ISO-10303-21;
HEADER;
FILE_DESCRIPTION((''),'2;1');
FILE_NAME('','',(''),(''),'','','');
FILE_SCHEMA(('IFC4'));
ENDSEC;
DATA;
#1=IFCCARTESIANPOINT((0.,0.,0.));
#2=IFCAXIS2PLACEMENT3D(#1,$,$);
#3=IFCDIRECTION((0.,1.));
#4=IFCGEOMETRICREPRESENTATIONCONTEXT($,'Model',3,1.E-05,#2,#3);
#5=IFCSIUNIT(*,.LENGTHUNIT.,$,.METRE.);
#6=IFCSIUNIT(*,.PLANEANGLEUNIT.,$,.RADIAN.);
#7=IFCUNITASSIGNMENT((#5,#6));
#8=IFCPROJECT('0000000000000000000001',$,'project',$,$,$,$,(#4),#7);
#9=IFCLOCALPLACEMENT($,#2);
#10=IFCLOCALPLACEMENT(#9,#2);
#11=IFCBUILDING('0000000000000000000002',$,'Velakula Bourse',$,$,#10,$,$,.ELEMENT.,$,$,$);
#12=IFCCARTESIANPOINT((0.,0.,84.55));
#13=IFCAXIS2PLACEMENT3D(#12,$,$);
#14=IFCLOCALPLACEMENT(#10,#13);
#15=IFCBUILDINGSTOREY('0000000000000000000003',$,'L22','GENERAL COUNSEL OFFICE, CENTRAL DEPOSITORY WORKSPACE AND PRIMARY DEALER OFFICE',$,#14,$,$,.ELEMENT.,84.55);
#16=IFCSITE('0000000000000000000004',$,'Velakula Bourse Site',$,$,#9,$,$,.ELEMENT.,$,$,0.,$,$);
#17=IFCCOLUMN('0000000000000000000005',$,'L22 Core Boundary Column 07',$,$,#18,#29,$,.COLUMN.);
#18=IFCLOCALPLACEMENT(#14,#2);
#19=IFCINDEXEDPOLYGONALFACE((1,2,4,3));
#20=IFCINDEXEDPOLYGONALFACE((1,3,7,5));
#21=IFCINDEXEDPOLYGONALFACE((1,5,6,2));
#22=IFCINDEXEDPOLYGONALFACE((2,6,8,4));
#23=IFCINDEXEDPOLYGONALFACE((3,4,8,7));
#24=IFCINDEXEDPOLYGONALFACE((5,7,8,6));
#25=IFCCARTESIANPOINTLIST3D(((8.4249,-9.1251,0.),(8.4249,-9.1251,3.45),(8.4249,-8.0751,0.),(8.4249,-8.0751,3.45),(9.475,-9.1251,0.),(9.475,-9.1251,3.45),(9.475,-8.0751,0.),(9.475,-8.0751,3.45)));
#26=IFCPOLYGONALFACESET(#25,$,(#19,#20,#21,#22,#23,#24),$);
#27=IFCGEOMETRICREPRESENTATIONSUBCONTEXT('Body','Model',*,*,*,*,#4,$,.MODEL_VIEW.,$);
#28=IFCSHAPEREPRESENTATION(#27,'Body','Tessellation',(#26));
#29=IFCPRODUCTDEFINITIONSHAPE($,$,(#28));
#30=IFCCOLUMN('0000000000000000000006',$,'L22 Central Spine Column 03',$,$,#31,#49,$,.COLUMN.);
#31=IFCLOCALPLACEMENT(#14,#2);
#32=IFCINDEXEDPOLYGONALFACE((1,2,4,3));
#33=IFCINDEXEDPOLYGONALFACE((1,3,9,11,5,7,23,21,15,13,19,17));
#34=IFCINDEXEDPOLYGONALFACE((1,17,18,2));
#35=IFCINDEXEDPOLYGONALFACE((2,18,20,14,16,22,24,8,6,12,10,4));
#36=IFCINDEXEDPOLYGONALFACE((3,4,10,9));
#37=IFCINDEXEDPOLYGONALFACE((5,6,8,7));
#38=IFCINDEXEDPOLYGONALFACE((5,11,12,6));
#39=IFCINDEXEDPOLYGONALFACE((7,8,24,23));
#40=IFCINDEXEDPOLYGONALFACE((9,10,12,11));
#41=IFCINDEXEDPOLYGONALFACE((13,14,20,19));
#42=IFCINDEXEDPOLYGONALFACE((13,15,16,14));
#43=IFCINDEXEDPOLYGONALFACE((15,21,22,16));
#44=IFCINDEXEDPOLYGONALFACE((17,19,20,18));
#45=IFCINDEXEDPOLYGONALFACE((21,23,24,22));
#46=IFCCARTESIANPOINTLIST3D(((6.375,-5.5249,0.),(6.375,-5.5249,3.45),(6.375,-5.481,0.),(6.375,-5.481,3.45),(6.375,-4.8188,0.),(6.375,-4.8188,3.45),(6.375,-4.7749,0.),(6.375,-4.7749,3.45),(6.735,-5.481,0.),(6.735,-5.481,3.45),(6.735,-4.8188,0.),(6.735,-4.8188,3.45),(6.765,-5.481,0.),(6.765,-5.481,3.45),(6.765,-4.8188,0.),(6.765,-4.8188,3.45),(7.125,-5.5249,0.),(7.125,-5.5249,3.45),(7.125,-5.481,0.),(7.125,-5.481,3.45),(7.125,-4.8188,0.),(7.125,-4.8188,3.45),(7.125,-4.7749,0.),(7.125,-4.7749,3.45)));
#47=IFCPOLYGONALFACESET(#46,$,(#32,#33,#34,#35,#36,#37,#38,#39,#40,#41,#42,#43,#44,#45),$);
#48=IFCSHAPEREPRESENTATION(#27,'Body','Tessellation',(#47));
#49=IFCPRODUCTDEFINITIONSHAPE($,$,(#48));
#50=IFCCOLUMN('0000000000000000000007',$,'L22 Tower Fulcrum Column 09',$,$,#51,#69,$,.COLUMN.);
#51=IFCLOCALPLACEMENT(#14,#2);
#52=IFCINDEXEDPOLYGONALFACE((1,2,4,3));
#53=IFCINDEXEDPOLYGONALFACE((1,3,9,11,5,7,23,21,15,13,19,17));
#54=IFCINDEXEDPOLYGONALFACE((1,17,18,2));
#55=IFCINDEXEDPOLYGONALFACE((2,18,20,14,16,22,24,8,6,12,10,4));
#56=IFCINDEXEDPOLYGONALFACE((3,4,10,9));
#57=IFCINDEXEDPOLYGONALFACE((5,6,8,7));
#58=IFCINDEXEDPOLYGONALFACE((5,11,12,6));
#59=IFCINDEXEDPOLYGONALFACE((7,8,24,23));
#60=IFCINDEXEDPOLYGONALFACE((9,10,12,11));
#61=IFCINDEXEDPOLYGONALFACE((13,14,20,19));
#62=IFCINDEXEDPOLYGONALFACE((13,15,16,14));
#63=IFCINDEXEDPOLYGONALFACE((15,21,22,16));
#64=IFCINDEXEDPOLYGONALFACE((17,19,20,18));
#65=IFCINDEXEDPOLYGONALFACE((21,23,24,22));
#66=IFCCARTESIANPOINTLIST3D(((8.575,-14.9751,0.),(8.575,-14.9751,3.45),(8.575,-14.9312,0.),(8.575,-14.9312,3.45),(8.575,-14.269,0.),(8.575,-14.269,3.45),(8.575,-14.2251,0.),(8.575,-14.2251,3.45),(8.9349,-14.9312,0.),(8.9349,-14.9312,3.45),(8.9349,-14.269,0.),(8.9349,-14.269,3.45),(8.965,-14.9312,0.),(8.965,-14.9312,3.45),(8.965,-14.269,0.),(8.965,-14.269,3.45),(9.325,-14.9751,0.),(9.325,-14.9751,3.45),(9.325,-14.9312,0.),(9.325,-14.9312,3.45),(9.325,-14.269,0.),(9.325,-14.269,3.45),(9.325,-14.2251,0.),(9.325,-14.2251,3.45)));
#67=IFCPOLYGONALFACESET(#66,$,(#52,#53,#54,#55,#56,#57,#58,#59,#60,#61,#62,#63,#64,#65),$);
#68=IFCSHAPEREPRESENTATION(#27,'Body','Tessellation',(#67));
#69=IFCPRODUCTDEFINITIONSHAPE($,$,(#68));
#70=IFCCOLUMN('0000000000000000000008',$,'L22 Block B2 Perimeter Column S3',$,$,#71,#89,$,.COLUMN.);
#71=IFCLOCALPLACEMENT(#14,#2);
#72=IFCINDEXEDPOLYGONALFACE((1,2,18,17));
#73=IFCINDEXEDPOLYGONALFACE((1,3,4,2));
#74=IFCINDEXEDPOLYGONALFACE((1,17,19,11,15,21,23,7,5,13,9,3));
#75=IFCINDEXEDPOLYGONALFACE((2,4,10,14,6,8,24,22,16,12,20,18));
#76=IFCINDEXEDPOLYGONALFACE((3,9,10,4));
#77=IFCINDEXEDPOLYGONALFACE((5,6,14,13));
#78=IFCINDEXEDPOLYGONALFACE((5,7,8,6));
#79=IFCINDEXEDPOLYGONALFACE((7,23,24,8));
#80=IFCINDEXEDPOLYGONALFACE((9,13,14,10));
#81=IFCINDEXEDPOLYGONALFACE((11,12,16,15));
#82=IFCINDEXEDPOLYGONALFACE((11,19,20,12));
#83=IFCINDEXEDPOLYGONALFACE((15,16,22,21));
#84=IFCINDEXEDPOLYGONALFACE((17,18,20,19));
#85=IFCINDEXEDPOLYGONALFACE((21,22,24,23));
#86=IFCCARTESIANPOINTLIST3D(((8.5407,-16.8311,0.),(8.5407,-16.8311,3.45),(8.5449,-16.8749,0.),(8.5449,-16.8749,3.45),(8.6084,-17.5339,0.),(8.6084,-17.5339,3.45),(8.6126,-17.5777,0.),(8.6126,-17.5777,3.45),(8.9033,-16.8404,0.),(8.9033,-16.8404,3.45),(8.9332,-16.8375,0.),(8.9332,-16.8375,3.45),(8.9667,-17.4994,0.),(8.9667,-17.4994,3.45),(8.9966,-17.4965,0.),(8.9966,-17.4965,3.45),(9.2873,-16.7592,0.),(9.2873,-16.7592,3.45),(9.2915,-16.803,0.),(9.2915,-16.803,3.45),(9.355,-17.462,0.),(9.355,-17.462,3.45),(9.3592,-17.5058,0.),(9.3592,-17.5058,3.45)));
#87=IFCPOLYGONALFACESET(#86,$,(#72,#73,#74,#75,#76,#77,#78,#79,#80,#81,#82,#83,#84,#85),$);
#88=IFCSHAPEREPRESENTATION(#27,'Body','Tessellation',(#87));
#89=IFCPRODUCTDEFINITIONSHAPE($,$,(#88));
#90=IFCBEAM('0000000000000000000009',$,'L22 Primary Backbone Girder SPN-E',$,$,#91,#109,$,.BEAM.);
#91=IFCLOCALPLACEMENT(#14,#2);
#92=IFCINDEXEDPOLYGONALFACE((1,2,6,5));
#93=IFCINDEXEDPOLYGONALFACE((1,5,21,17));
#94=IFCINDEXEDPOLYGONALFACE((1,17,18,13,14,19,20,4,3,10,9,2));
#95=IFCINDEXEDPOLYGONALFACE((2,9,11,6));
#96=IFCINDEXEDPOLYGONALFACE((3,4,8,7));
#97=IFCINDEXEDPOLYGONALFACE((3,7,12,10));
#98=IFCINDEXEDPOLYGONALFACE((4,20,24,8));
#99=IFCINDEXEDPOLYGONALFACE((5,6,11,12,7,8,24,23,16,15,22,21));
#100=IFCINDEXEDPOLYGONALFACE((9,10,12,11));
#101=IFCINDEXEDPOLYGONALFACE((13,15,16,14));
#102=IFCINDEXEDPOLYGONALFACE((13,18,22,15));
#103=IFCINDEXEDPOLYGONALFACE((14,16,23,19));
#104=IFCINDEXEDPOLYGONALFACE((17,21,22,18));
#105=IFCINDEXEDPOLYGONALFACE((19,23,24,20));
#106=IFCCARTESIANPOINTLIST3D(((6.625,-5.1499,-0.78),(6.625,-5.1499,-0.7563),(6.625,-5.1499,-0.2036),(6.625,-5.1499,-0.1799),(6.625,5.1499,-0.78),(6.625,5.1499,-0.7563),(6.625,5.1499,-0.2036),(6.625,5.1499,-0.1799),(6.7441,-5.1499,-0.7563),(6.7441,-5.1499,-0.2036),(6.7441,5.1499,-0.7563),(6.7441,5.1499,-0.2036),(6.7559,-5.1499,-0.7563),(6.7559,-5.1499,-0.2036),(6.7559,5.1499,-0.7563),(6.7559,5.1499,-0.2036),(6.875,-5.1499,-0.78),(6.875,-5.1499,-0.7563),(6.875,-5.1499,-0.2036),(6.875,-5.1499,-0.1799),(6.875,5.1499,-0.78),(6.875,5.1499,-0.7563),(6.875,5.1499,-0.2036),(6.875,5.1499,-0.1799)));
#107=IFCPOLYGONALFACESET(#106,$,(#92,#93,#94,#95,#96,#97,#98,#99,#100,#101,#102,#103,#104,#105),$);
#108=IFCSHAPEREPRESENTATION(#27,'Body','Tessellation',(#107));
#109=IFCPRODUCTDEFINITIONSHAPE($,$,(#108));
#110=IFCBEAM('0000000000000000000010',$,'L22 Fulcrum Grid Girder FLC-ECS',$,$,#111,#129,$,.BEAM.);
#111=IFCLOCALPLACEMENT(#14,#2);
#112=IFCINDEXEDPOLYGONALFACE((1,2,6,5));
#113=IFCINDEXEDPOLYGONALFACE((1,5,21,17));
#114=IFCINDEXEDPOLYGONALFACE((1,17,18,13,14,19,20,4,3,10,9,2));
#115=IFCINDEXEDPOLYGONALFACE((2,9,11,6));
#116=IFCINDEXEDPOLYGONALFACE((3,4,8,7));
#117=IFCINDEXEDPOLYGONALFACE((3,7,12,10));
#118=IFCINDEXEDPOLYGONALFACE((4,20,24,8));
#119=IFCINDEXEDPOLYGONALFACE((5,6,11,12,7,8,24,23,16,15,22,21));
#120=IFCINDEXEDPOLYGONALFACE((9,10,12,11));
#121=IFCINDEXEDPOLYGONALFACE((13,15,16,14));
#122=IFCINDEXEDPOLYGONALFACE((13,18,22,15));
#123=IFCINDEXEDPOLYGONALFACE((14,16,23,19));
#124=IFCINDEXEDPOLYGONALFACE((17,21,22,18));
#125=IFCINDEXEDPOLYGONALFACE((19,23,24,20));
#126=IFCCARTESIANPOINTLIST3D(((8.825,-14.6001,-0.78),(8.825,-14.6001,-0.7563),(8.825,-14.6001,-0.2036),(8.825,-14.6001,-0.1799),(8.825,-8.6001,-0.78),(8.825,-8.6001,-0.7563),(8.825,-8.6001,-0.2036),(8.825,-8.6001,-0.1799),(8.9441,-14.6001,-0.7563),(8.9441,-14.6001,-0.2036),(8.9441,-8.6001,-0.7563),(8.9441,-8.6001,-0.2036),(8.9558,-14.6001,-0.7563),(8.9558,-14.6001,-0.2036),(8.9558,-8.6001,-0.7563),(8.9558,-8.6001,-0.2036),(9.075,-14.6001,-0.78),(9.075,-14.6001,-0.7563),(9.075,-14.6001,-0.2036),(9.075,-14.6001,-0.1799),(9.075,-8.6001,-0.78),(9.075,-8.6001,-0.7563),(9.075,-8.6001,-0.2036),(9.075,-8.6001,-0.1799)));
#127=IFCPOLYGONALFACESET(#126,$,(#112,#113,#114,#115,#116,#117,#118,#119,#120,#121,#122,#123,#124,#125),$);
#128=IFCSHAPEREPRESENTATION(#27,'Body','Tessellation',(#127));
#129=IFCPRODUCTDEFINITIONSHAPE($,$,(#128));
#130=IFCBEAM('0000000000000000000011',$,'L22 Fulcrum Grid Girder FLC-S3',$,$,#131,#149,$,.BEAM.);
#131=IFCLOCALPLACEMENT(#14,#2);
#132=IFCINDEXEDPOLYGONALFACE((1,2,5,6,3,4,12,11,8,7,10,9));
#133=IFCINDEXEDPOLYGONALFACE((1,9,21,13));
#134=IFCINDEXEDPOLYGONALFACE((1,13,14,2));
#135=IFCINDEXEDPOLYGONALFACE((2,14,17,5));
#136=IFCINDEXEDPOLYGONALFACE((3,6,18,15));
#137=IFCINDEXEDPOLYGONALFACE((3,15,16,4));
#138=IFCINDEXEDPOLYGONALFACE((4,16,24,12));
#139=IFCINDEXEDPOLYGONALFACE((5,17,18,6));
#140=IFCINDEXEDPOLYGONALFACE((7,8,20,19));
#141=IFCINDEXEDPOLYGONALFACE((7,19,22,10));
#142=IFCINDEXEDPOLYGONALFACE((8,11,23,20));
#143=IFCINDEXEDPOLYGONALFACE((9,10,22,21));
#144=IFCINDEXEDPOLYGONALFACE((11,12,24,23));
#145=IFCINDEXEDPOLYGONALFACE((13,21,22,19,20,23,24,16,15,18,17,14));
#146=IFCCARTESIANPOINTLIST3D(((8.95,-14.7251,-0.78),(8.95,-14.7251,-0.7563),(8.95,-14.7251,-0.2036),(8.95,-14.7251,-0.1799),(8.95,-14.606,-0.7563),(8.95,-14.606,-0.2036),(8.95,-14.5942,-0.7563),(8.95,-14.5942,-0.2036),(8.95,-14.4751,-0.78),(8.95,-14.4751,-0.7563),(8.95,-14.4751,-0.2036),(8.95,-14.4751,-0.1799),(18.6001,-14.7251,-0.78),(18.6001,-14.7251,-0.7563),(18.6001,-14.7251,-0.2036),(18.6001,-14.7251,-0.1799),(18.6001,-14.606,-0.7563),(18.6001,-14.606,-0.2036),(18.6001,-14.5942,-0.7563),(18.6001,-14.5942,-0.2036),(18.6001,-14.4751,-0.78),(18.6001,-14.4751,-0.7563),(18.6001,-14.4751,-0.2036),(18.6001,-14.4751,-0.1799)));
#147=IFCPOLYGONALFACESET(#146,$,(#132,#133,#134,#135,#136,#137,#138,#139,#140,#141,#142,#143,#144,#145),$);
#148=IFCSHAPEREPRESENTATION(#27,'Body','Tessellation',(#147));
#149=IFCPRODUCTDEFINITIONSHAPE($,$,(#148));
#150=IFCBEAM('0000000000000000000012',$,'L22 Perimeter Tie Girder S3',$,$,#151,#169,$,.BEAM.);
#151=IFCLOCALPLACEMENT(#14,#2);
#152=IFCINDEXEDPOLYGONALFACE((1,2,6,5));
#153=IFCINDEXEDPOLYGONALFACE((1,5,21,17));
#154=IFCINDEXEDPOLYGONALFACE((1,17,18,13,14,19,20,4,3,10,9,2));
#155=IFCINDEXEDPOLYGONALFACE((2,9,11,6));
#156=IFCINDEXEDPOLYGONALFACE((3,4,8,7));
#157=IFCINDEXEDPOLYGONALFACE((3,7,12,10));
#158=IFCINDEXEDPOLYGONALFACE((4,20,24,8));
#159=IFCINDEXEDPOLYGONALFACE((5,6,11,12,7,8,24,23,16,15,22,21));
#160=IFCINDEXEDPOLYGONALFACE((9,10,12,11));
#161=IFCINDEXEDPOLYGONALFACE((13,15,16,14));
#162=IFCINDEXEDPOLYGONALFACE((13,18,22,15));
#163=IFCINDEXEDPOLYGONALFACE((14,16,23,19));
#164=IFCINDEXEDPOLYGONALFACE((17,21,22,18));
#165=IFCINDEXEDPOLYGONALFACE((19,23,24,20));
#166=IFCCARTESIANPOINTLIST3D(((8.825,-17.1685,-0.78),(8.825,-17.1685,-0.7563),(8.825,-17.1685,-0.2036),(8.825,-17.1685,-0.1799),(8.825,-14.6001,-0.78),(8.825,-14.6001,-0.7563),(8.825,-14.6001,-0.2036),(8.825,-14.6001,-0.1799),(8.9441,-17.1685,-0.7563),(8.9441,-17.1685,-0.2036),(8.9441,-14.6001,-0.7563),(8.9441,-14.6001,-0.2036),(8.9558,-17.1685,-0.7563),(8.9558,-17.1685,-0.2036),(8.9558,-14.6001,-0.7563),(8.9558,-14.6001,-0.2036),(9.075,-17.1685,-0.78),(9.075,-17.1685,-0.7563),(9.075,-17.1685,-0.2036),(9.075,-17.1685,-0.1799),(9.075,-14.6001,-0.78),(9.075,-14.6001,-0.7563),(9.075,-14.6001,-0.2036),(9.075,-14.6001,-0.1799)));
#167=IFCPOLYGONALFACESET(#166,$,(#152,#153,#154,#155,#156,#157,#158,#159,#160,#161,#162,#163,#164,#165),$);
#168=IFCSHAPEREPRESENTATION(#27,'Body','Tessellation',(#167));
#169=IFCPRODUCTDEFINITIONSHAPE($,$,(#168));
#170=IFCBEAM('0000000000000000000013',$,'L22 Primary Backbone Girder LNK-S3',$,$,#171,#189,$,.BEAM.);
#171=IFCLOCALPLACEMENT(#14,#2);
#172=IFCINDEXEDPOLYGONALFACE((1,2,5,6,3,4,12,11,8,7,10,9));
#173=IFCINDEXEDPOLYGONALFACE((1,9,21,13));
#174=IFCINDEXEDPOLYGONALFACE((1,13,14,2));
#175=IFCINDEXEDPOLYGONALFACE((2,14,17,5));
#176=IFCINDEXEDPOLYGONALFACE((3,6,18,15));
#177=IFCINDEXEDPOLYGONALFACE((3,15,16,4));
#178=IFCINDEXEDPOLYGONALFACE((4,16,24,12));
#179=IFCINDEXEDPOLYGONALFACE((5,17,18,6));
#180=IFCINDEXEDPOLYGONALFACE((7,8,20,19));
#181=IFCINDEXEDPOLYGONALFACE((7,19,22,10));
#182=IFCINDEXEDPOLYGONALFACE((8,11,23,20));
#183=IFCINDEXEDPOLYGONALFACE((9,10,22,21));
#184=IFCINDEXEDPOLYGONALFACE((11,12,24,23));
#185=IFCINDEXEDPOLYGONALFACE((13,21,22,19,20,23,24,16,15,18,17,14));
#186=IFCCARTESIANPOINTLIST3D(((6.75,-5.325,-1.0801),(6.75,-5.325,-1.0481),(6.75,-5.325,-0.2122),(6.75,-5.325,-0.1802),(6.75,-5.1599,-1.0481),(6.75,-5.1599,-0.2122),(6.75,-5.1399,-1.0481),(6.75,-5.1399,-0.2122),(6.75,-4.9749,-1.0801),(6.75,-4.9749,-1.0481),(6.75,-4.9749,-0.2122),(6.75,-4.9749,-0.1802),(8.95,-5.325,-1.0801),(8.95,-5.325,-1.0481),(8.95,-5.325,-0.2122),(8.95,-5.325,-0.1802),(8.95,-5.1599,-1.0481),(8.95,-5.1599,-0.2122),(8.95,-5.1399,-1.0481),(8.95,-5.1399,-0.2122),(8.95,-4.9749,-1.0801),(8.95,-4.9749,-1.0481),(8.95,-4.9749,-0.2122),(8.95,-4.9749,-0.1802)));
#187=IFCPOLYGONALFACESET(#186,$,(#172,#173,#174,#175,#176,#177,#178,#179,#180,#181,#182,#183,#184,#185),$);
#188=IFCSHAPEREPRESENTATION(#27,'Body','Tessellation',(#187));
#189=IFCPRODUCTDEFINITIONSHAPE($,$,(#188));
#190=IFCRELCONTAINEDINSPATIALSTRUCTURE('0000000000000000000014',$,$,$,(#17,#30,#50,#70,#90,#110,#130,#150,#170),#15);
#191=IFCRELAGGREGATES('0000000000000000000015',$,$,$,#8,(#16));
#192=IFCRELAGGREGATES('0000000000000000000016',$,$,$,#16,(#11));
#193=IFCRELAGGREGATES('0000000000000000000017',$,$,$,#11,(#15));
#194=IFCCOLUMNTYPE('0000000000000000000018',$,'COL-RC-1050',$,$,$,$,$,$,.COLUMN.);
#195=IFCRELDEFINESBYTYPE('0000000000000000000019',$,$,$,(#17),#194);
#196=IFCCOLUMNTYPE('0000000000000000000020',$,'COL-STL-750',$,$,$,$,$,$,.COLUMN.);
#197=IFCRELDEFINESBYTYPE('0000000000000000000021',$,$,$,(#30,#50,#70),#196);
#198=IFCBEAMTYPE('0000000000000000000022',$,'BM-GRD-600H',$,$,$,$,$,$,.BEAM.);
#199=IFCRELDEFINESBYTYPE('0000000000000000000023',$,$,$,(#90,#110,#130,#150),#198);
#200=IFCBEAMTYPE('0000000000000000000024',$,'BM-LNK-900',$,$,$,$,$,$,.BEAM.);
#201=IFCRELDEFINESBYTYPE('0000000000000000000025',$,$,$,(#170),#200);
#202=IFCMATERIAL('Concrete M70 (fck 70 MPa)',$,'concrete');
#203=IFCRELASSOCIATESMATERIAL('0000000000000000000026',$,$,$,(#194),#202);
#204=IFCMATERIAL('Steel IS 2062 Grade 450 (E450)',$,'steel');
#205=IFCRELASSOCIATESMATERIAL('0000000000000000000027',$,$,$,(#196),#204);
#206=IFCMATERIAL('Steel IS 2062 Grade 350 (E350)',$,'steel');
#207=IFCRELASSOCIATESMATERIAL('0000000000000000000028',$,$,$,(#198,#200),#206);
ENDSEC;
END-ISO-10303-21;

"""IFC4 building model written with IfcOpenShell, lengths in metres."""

from ifc_helpers import new_model, si_unit, direction, frame, origin, origin_2d, place, context, subcontext, project, spatial, rectangle, i_section, extrude, material, material_profile, profile_set, type_object, element, save


model = new_model("IFC4")

# Units and contexts
model_context = context("Model", 3, precision=1e-05, world=origin(), true_north=direction((0.0, 1.0)))
body_context = subcontext(model_context, "Body", "Model", "MODEL_VIEW")
ifc_project = project(units=[si_unit("LENGTHUNIT", "METRE"), si_unit("PLANEANGLEUNIT", "RADIAN")], contexts=[model_context])

# Site, building, storey
site_placement = place(None, origin())
site = spatial("IfcSite", under=ifc_project, at=site_placement, Name="Velakula Bourse Site", CompositionType="ELEMENT", RefElevation=0.0)
building_placement = place(site_placement, origin())
building = spatial("IfcBuilding", under=site, at=building_placement, Name="Velakula Bourse", CompositionType="ELEMENT")
storey_placement = place(building_placement, frame((0.0, 0.0, 84.55)))
storey = spatial("IfcBuildingStorey", under=building, at=storey_placement, Name="L22", Description="GENERAL COUNSEL OFFICE, CENTRAL DEPOSITORY WORKSPACE AND PRIMARY DEALER OFFICE", CompositionType="ELEMENT", Elevation=84.55)

# Columns
ifc_material_1 = material(Name="Concrete M70 (fck 70 MPa)", Category="concrete")
ifc_material_profile_1 = material_profile(ifc_material_1, rectangle(XDim=1.05, YDim=1.05, at=origin_2d()), Name="Concrete M70 (fck 70 MPa)")
ifc_profile_set_1 = profile_set([ifc_material_profile_1], Name="Concrete M70 (fck 70 MPa)")
column_type_1 = type_object("IfcColumnType", Name="COL-RC-1050", PredefinedType="COLUMN", material=ifc_profile_set_1)
column_placement = place(storey_placement, frame((8.95, -8.6001, 0.0), z_axis=(0.0, 0.0, 1.0), x_axis=(1.0, 0.0, 0.0)))
element("IfcColumn", 1, at=column_placement, inside=storey, type_object=column_type_1, Name="L22 Core Boundary Column 07", PredefinedType="COLUMN", context=body_context, shape_type="SweptSolid", body=[
    extrude(rectangle(XDim=1.05, YDim=1.05, at=origin_2d()), origin(), (0.0, 0.0, 1.0), 3.45),
])
ifc_material_2 = material(Name="Steel IS 2062 Grade 450 (E450)", Category="steel")
ifc_material_profile_2 = material_profile(ifc_material_2, i_section(OverallWidth=0.75, OverallDepth=0.75, WebThickness=0.03, FlangeThickness=0.0439, at=origin_2d()), Name="Steel IS 2062 Grade 450 (E450)")
ifc_profile_set_2 = profile_set([ifc_material_profile_2], Name="Steel IS 2062 Grade 450 (E450)")
column_type_2 = type_object("IfcColumnType", Name="COL-STL-750", PredefinedType="COLUMN", material=ifc_profile_set_2)
for number, where, z_axis, x_axis, name in (
    (2, (6.75, -5.1499, 0.0), (0.0, 0.0, 1.0), (1.0, 0.0, 0.0), "L22 Central Spine Column 03"),
    (3, (8.95, -14.6001, 0.0), (0.0, 0.0, 1.0), (1.0, 0.0, 0.0), "L22 Tower Fulcrum Column 09"),
    (4, (8.95, -17.1685, 0.0), (0.0, 0.0, 1.0), (0.995396, 0.095846, 0.0), "L22 Block B2 Perimeter Column S3"),
):
    element("IfcColumn", number, at=place(storey_placement, frame(where, z_axis=z_axis, x_axis=x_axis)), inside=storey, type_object=column_type_2, Name=name, PredefinedType="COLUMN", context=body_context, shape_type="SweptSolid", body=[
        extrude(i_section(OverallWidth=0.75, OverallDepth=0.75, WebThickness=0.03, FlangeThickness=0.0439, at=origin_2d()), origin(), (0.0, 0.0, 1.0), 3.45),
    ])

# Beams
ifc_material_3 = material(Name="Steel IS 2062 Grade 350 (E350)", Category="steel")
ifc_material_profile_3 = material_profile(ifc_material_3, i_section(OverallWidth=0.25, OverallDepth=0.6001, WebThickness=0.0117, FlangeThickness=0.0237, at=origin_2d()), Name="Steel IS 2062 Grade 350 (E350)")
ifc_profile_set_3 = profile_set([ifc_material_profile_3], Name="Steel IS 2062 Grade 350 (E350)")
beam_type_1 = type_object("IfcBeamType", Name="BM-GRD-600H", PredefinedType="BEAM", material=ifc_profile_set_3)
beam_1_placement = place(storey_placement, frame((6.75, -5.1499, -0.48), z_axis=(0.0, 1.0, 0.0), x_axis=(-1.0, 0.0, 0.0)))
element("IfcBeam", 5, at=beam_1_placement, inside=storey, type_object=beam_type_1, Name="L22 Primary Backbone Girder SPN-E", PredefinedType="BEAM", context=body_context, shape_type="SweptSolid", body=[
    extrude(i_section(OverallWidth=0.25, OverallDepth=0.6001, WebThickness=0.0117, FlangeThickness=0.0237, at=origin_2d()), origin(), (0.0, 0.0, 1.0), 10.2998),
])
beam_2_placement = place(storey_placement, frame((8.95, -14.6001, -0.48), z_axis=(0.0, 1.0, 0.0), x_axis=(-1.0, 0.0, 0.0)))
element("IfcBeam", 6, at=beam_2_placement, inside=storey, type_object=beam_type_1, Name="L22 Fulcrum Grid Girder FLC-ECS", PredefinedType="BEAM", context=body_context, shape_type="SweptSolid", body=[
    extrude(i_section(OverallWidth=0.25, OverallDepth=0.6001, WebThickness=0.0117, FlangeThickness=0.0237, at=origin_2d()), origin(), (0.0, 0.0, 1.0), 6.0),
])
beam_3_placement = place(storey_placement, frame((8.95, -14.6001, -0.48), z_axis=(1.0, 0.0, 0.0), x_axis=(0.0, 1.0, 0.0)))
element("IfcBeam", 7, at=beam_3_placement, inside=storey, type_object=beam_type_1, Name="L22 Fulcrum Grid Girder FLC-S3", PredefinedType="BEAM", context=body_context, shape_type="SweptSolid", body=[
    extrude(i_section(OverallWidth=0.25, OverallDepth=0.6001, WebThickness=0.0117, FlangeThickness=0.0237, at=origin_2d()), origin(), (0.0, 0.0, 1.0), 9.6501),
])
beam_4_placement = place(storey_placement, frame((8.95, -14.6001, -0.48), z_axis=(0.0, -1.0, 0.0), x_axis=(1.0, 0.0, 0.0)))
element("IfcBeam", 8, at=beam_4_placement, inside=storey, type_object=beam_type_1, Name="L22 Perimeter Tie Girder S3", PredefinedType="BEAM", context=body_context, shape_type="SweptSolid", body=[
    extrude(i_section(OverallWidth=0.25, OverallDepth=0.6001, WebThickness=0.0117, FlangeThickness=0.0237, at=origin_2d()), origin(), (0.0, 0.0, 1.0), 2.5684),
])
ifc_material_profile_4 = material_profile(ifc_material_3, i_section(OverallWidth=0.3501, OverallDepth=0.8999, WebThickness=0.02, FlangeThickness=0.032, at=origin_2d()), Name="Steel IS 2062 Grade 350 (E350)")
ifc_profile_set_4 = profile_set([ifc_material_profile_4], Name="Steel IS 2062 Grade 350 (E350)")
beam_type_2 = type_object("IfcBeamType", Name="BM-LNK-900", PredefinedType="BEAM", material=ifc_profile_set_4)
beam_5_placement = place(storey_placement, frame((6.75, -5.1499, -0.6301), z_axis=(1.0, 0.0, 0.0), x_axis=(0.0, 1.0, 0.0)))
element("IfcBeam", 9, at=beam_5_placement, inside=storey, type_object=beam_type_2, Name="L22 Primary Backbone Girder LNK-S3", PredefinedType="BEAM", context=body_context, shape_type="SweptSolid", body=[
    extrude(i_section(OverallWidth=0.3501, OverallDepth=0.8999, WebThickness=0.02, FlangeThickness=0.032, at=origin_2d()), origin(), (0.0, 0.0, 1.0), 2.2),
])

save(model, "model.ifc")
